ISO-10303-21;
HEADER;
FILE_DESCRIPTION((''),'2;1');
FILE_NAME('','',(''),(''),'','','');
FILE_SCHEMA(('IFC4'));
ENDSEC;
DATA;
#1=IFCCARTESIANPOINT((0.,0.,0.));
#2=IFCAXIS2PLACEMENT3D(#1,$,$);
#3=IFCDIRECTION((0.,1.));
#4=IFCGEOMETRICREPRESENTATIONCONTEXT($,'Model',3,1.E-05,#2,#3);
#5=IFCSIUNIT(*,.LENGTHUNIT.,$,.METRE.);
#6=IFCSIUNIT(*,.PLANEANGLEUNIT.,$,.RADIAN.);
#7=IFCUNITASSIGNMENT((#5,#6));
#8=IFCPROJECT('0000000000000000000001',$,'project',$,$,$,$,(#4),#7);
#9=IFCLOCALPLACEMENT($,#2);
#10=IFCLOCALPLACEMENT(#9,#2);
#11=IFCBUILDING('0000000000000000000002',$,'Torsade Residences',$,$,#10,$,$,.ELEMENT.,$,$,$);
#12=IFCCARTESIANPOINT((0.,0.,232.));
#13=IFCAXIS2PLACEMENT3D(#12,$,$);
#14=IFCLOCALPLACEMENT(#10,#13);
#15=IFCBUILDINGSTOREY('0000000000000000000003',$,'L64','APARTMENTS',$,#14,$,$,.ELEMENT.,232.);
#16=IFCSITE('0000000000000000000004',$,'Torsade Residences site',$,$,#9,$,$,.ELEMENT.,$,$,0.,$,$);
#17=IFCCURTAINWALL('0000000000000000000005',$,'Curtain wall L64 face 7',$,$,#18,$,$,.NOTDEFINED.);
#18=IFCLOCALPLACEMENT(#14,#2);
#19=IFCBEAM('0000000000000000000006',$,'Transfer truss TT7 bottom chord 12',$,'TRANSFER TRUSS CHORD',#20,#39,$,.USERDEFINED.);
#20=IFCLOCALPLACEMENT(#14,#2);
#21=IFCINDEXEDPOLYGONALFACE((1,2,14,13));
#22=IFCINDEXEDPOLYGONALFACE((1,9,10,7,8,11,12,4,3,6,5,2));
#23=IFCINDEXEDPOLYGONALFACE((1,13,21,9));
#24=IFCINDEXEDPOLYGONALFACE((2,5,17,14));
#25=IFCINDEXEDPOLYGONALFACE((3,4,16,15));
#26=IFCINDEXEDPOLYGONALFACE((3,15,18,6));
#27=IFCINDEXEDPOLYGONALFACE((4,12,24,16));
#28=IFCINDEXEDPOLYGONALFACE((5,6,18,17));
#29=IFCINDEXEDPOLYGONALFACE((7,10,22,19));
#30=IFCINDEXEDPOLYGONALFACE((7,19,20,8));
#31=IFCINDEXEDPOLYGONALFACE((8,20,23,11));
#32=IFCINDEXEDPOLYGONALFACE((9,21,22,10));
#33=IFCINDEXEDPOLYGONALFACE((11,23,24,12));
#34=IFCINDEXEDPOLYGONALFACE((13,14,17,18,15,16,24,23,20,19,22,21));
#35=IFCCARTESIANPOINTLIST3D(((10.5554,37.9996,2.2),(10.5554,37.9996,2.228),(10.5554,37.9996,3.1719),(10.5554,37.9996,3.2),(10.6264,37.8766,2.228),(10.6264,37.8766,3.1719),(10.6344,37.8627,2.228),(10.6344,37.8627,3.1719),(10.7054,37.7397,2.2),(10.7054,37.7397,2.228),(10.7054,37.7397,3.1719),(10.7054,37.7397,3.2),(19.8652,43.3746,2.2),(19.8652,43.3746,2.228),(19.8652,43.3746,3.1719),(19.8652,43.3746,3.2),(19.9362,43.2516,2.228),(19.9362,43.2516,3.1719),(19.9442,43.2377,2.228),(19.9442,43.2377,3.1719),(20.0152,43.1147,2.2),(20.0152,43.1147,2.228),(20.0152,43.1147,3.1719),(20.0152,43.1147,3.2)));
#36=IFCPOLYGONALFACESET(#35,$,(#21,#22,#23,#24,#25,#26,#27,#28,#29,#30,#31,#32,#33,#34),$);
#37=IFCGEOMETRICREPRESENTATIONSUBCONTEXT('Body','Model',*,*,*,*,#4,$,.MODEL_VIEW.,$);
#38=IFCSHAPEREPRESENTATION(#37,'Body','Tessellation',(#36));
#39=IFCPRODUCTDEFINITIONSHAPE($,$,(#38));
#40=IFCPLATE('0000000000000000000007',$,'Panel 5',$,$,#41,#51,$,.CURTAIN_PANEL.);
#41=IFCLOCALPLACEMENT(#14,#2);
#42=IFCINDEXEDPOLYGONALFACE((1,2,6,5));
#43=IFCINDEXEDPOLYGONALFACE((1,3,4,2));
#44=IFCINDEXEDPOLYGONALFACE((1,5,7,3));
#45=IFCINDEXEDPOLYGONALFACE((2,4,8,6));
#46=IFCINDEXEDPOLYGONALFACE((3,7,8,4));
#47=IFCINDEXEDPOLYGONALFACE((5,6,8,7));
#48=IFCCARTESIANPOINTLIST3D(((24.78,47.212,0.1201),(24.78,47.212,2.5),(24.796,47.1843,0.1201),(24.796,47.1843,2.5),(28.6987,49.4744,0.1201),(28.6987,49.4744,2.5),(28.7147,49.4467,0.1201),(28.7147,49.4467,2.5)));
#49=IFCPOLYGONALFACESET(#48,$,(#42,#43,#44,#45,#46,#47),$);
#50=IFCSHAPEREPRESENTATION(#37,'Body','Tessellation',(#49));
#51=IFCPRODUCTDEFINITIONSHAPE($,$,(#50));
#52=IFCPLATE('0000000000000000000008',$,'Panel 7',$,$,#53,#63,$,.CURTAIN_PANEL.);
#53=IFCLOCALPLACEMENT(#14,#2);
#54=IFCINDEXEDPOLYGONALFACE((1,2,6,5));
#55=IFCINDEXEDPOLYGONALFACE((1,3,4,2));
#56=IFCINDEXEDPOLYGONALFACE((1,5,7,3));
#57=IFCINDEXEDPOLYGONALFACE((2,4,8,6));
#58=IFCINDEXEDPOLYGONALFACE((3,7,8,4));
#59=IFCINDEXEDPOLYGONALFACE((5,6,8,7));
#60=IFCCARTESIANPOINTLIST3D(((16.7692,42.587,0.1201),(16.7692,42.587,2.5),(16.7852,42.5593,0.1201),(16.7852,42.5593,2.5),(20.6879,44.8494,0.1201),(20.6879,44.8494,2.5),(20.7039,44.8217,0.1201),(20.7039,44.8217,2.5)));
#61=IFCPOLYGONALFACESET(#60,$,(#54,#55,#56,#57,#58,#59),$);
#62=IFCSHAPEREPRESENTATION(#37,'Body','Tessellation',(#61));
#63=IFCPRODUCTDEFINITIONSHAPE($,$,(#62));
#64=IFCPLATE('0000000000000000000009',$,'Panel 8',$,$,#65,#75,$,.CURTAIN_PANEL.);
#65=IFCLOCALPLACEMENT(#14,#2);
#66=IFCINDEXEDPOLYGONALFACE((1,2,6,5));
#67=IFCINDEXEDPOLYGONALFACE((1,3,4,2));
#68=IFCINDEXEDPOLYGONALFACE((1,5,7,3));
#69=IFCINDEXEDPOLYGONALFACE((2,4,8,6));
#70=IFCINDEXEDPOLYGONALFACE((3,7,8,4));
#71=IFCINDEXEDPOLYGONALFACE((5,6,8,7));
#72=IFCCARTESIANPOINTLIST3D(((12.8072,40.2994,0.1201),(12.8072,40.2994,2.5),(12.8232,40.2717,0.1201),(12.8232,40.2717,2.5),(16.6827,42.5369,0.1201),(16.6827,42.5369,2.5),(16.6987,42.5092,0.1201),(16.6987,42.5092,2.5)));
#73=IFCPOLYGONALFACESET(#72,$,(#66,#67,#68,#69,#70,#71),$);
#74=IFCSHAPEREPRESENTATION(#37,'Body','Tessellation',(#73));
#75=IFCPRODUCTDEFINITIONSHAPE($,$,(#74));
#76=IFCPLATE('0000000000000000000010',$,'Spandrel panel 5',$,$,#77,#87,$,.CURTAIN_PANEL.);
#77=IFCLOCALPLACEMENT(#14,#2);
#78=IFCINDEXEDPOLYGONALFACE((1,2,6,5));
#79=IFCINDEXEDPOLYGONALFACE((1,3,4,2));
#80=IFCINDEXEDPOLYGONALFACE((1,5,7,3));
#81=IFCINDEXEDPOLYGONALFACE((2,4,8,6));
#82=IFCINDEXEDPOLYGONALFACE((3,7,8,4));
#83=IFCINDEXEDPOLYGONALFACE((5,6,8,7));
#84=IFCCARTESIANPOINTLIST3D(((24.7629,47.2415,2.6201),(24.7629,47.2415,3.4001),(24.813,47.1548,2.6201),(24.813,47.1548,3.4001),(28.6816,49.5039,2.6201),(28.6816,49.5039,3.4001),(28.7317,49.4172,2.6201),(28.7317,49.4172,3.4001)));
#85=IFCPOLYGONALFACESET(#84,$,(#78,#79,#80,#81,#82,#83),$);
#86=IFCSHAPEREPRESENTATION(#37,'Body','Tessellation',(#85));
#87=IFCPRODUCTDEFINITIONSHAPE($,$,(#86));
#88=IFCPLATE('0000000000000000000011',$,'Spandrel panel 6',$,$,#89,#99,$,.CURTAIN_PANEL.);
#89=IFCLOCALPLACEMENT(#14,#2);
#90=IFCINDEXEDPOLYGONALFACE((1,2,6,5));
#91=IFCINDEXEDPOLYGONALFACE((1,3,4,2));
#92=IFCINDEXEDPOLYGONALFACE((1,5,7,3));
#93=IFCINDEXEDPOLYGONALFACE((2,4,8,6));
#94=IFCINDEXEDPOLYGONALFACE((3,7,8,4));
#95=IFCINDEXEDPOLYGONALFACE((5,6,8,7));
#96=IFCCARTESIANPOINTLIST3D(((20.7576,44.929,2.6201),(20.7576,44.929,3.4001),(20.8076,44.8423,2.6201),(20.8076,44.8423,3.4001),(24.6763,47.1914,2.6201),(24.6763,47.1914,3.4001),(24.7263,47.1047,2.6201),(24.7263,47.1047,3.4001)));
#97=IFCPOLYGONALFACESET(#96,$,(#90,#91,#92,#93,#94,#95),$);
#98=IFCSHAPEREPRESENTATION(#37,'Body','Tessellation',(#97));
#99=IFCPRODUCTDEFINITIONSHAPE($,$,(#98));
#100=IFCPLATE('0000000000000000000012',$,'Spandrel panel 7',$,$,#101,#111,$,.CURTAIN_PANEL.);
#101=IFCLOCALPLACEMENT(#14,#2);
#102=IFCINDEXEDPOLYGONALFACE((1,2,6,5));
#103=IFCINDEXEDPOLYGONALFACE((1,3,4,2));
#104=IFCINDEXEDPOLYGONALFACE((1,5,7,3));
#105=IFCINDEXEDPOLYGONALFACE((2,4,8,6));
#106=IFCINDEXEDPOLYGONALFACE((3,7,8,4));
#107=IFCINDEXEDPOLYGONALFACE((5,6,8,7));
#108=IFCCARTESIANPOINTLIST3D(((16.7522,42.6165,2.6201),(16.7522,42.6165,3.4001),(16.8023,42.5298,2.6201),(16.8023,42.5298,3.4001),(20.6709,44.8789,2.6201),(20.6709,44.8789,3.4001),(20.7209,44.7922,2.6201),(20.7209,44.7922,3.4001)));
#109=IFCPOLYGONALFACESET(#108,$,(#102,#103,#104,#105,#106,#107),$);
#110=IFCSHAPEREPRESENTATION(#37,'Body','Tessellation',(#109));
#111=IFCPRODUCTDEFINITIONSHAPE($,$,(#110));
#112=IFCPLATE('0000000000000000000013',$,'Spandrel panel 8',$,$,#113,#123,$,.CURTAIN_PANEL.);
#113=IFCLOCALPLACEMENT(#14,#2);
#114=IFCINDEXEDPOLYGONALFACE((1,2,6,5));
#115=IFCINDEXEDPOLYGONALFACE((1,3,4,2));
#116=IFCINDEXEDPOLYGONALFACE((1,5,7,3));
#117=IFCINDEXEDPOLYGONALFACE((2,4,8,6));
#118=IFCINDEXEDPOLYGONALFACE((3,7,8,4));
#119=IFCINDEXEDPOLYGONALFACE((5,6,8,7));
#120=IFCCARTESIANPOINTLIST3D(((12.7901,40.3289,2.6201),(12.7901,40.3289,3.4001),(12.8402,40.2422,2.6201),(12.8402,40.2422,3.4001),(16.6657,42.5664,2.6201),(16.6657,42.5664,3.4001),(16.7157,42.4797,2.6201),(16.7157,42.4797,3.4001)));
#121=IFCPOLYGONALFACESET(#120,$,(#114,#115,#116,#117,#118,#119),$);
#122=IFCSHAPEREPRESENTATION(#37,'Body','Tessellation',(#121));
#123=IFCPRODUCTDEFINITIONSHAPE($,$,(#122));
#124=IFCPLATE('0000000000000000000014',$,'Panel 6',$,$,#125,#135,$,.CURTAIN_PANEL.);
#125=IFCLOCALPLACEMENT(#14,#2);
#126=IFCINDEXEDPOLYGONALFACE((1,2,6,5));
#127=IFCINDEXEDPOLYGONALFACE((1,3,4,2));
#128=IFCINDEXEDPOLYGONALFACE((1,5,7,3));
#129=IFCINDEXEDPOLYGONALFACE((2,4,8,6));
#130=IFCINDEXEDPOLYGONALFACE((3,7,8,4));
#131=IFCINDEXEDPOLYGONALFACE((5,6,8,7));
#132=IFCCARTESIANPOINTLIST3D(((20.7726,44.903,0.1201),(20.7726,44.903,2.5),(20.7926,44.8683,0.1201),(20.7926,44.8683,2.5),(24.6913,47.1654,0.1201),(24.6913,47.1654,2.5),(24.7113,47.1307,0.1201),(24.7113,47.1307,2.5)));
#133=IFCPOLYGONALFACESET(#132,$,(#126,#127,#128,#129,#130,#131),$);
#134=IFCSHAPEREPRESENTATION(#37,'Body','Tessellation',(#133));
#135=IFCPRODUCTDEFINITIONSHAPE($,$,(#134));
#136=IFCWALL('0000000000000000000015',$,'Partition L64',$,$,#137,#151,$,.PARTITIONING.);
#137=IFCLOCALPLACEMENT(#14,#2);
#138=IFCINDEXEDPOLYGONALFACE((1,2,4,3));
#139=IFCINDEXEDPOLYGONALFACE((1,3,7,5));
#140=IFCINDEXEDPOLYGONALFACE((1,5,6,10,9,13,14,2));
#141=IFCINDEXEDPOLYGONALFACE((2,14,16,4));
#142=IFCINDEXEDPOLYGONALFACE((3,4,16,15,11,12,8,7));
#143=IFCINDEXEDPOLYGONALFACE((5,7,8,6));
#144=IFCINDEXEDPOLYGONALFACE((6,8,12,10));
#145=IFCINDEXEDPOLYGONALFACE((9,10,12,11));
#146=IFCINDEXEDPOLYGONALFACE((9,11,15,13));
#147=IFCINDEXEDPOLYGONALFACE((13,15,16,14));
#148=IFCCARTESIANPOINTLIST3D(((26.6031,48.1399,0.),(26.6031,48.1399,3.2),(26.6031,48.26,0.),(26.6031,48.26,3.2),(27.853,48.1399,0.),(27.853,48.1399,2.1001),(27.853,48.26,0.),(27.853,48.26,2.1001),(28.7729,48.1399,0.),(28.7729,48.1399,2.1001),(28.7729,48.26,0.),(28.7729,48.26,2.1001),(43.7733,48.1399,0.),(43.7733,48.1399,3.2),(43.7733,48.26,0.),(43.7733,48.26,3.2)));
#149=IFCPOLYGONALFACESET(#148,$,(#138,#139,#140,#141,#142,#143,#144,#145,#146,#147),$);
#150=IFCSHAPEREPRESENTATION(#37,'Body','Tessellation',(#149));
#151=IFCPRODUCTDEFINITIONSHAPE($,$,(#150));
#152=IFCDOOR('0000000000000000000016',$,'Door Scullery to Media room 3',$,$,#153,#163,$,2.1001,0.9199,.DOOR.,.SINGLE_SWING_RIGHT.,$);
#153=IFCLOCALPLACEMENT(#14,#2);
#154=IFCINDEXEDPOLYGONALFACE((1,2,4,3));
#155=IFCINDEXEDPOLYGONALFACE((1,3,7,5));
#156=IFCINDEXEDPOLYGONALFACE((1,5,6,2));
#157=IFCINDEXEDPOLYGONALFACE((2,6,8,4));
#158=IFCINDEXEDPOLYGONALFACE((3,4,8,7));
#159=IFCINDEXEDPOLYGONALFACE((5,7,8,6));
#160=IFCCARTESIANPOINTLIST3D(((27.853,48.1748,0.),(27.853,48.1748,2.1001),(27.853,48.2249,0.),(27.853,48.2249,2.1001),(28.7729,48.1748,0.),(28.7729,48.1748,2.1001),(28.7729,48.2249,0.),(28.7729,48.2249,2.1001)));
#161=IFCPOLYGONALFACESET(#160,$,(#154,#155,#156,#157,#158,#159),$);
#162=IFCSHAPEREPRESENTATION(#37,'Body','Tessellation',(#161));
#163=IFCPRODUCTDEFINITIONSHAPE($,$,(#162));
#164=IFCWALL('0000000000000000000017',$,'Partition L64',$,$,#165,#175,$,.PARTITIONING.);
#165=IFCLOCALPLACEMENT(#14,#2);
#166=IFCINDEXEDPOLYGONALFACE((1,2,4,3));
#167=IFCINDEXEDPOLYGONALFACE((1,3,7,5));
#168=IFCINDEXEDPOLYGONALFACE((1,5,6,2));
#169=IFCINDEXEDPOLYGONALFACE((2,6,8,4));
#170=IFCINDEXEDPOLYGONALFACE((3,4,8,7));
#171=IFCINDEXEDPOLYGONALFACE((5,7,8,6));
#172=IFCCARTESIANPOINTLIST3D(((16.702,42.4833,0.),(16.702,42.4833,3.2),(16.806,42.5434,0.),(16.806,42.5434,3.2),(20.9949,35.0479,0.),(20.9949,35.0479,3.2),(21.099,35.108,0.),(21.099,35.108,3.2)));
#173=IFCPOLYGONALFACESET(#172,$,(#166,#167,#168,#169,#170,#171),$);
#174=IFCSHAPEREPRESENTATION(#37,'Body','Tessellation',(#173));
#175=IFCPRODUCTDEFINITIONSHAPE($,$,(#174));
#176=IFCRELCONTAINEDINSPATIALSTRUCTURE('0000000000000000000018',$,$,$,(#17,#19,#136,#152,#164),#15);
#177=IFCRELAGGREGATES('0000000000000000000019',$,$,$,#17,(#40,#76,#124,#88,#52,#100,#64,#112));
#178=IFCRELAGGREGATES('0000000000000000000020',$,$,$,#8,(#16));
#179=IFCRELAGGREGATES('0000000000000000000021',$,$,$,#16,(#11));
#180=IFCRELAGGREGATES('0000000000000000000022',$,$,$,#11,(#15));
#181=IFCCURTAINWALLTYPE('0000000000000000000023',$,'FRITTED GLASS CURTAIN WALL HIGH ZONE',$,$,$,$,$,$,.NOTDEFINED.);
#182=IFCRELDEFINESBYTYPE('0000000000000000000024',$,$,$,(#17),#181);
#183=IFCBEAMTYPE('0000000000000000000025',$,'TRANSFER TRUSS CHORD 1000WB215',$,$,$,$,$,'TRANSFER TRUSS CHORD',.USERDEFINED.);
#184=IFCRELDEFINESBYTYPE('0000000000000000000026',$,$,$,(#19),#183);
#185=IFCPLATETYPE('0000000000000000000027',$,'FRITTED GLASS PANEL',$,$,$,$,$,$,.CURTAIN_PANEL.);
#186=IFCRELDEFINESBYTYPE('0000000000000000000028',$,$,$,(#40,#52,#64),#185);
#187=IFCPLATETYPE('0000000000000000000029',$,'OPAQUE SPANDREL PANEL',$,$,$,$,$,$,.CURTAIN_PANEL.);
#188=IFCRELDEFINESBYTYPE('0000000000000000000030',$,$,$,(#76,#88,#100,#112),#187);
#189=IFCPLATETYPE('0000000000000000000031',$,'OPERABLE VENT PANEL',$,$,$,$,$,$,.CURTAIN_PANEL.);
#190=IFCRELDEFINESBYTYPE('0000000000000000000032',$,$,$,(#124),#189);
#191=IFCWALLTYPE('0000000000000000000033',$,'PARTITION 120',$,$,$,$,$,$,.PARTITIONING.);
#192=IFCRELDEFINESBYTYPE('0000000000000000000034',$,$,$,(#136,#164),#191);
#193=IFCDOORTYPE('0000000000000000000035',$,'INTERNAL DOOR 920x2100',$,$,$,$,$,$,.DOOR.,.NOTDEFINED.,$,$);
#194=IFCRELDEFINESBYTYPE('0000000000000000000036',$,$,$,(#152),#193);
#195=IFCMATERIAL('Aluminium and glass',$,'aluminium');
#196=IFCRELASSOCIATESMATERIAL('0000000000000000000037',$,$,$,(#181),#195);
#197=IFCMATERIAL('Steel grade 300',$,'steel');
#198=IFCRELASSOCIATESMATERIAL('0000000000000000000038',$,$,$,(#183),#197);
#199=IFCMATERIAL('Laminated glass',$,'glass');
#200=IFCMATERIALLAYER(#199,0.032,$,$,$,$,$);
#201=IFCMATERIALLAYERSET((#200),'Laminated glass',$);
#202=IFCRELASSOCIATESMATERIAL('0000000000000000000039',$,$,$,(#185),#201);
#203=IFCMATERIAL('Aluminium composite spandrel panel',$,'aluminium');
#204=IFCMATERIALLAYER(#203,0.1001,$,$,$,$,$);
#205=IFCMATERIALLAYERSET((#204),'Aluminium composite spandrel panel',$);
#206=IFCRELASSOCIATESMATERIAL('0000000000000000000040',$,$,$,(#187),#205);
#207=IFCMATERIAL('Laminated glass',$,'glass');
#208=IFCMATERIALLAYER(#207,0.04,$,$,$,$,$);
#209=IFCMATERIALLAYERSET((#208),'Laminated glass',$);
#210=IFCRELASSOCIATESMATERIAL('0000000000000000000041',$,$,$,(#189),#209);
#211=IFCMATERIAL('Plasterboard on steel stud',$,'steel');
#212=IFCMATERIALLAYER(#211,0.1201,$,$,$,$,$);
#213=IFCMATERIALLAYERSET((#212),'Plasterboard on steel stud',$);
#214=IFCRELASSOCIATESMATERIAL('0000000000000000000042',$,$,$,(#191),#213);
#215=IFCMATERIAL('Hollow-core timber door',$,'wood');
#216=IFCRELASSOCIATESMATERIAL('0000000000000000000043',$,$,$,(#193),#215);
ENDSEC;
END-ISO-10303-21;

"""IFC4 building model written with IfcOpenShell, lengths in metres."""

from ifc_helpers import new_model, si_unit, direction, frame, frame_2d, origin, origin_2d, place, context, subcontext, project, spatial, rectangle, i_section, extrude, material, layer, layer_set, material_profile, profile_set, type_object, element, fill, aggregate, save


model = new_model("IFC4")

# Units and contexts
model_context = context("Model", 3, precision=1e-05, world=origin(), true_north=direction((0.0, 1.0)))
body_context = subcontext(model_context, "Body", "Model", "MODEL_VIEW")
ifc_project = project(units=[si_unit("LENGTHUNIT", "METRE"), si_unit("PLANEANGLEUNIT", "RADIAN")], contexts=[model_context])

# Site, building, storey
site_placement = place(None, origin())
site = spatial("IfcSite", under=ifc_project, at=site_placement, Name="Torsade Residences site", CompositionType="ELEMENT", RefElevation=0.0)
building_placement = place(site_placement, origin())
building = spatial("IfcBuilding", under=site, at=building_placement, Name="Torsade Residences", CompositionType="ELEMENT")
storey_placement = place(building_placement, frame((0.0, 0.0, 232.0)))
storey = spatial("IfcBuildingStorey", under=building, at=storey_placement, Name="L64", Description="APARTMENTS", CompositionType="ELEMENT", Elevation=232.0)

# Curtain wall
ifc_material_1 = material(Name="Aluminium and glass", Category="aluminium")
curtain_wall_type = type_object("IfcCurtainWallType", Name="FRITTED GLASS CURTAIN WALL HIGH ZONE", PredefinedType="NOTDEFINED", material=ifc_material_1)
curtain_wall_placement = place(storey_placement, origin())
curtain_wall = element("IfcCurtainWall", 1, at=curtain_wall_placement, inside=storey, type_object=curtain_wall_type, Name="Curtain wall L64 face 7", PredefinedType="NOTDEFINED")

# Beam
ifc_material_2 = material(Name="Steel grade 300", Category="steel")
ifc_material_profile_1 = material_profile(ifc_material_2, i_section(OverallWidth=0.3, OverallDepth=1.0, WebThickness=0.0161, FlangeThickness=0.0281, at=origin_2d()), Name="1000WB215")
ifc_profile_set_1 = profile_set([ifc_material_profile_1], Name="Steel grade 300")
beam_type_1 = type_object("IfcBeamType", Name="TRANSFER TRUSS CHORD 1000WB215", ElementType="TRANSFER TRUSS CHORD", PredefinedType="USERDEFINED", material=ifc_profile_set_1)
beam_1_placement = place(storey_placement, frame((19.9402, 43.2446, 2.7), z_axis=(-0.866026, -0.499998, 0.0), x_axis=(0.499998, -0.866026, 0.0)))
element("IfcBeam", 2, at=beam_1_placement, inside=storey, type_object=beam_type_1, Name="Transfer truss TT7 bottom chord 12", ObjectType="TRANSFER TRUSS CHORD", PredefinedType="USERDEFINED", context=body_context, shape_type="SweptSolid", body=[
    extrude(i_section(OverallWidth=0.3, OverallDepth=1.0, WebThickness=0.0161, FlangeThickness=0.0281, at=origin_2d()), origin(), (0.0, 0.0, 1.0), 10.75),
])

# Plates
ifc_material_3 = material(Name="Laminated glass", Category="glass")
ifc_layer_1 = layer(ifc_material_3, 0.032)
ifc_layer_set_1 = layer_set([ifc_layer_1], Name="Laminated glass")
plate_type_1 = type_object("IfcPlateType", Name="FRITTED GLASS PANEL", PredefinedType="CURTAIN_PANEL", material=ifc_layer_set_1)
plate_1_placement = place(storey_placement, frame((26.7473, 48.3293, 0.1201), z_axis=(0.0, 0.0, 1.0), x_axis=(-0.866025, -0.5, 0.0)))
plate_1 = element("IfcPlate", 3, at=plate_1_placement, type_object=plate_type_1, Name="Panel 5", PredefinedType="CURTAIN_PANEL", context=body_context, shape_type="SweptSolid", body=[
    extrude(rectangle(XDim=4.5249, YDim=0.032, at=origin_2d()), origin(), (0.0, 0.0, 1.0), 2.3799),
])
plate_2_placement = place(storey_placement, frame((18.7366, 43.7043, 0.1201), z_axis=(0.0, 0.0, 1.0), x_axis=(-0.866025, -0.5, 0.0)))
plate_2 = element("IfcPlate", 4, at=plate_2_placement, type_object=plate_type_1, Name="Panel 7", PredefinedType="CURTAIN_PANEL", context=body_context, shape_type="SweptSolid", body=[
    extrude(rectangle(XDim=4.5249, YDim=0.032, at=origin_2d()), origin(), (0.0, 0.0, 1.0), 2.3799),
])
plate_3_placement = place(storey_placement, frame((14.7529, 41.4043, 0.1201), z_axis=(0.0, 0.0, 1.0), x_axis=(-0.866025, -0.5, 0.0)))
plate_3 = element("IfcPlate", 5, at=plate_3_placement, type_object=plate_type_1, Name="Panel 8", PredefinedType="CURTAIN_PANEL", context=body_context, shape_type="SweptSolid", body=[
    extrude(rectangle(XDim=4.4751, YDim=0.032, at=origin_2d()), origin(), (0.0, 0.0, 1.0), 2.3799),
])
ifc_material_4 = material(Name="Aluminium composite spandrel panel", Category="aluminium")
ifc_layer_2 = layer(ifc_material_4, 0.1001)
ifc_layer_set_2 = layer_set([ifc_layer_2], Name="Aluminium composite spandrel panel")
plate_type_2 = type_object("IfcPlateType", Name="OPAQUE SPANDREL PANEL", PredefinedType="CURTAIN_PANEL", material=ifc_layer_set_2)
plate_4_placement = place(storey_placement, frame((26.7473, 48.3293, 2.6201), z_axis=(0.0, 0.0, 1.0), x_axis=(-0.866025, -0.5, 0.0)))
plate_4 = element("IfcPlate", 6, at=plate_4_placement, type_object=plate_type_2, Name="Spandrel panel 5", PredefinedType="CURTAIN_PANEL", context=body_context, shape_type="SweptSolid", body=[
    extrude(rectangle(XDim=4.5249, YDim=0.1001, at=origin_2d()), origin(), (0.0, 0.0, 1.0), 0.78),
])
plate_5_placement = place(storey_placement, frame((22.7419, 46.0168, 2.6201), z_axis=(0.0, 0.0, 1.0), x_axis=(-0.866025, -0.5, 0.0)))
plate_5 = element("IfcPlate", 7, at=plate_5_placement, type_object=plate_type_2, Name="Spandrel panel 6", PredefinedType="CURTAIN_PANEL", context=body_context, shape_type="SweptSolid", body=[
    extrude(rectangle(XDim=4.5249, YDim=0.1001, at=origin_2d()), origin(), (0.0, 0.0, 1.0), 0.78),
])
plate_6_placement = place(storey_placement, frame((18.7366, 43.7043, 2.6201), z_axis=(0.0, 0.0, 1.0), x_axis=(-0.866025, -0.5, 0.0)))
plate_6 = element("IfcPlate", 8, at=plate_6_placement, type_object=plate_type_2, Name="Spandrel panel 7", PredefinedType="CURTAIN_PANEL", context=body_context, shape_type="SweptSolid", body=[
    extrude(rectangle(XDim=4.5249, YDim=0.1001, at=origin_2d()), origin(), (0.0, 0.0, 1.0), 0.78),
])
plate_7_placement = place(storey_placement, frame((14.7529, 41.4043, 2.6201), z_axis=(0.0, 0.0, 1.0), x_axis=(-0.866025, -0.5, 0.0)))
plate_7 = element("IfcPlate", 9, at=plate_7_placement, type_object=plate_type_2, Name="Spandrel panel 8", PredefinedType="CURTAIN_PANEL", context=body_context, shape_type="SweptSolid", body=[
    extrude(rectangle(XDim=4.4751, YDim=0.1001, at=origin_2d()), origin(), (0.0, 0.0, 1.0), 0.78),
])
ifc_material_5 = material(Name="Laminated glass", Category="glass")
ifc_layer_3 = layer(ifc_material_5, 0.04)
ifc_layer_set_3 = layer_set([ifc_layer_3], Name="Laminated glass")
plate_type_3 = type_object("IfcPlateType", Name="OPERABLE VENT PANEL", PredefinedType="CURTAIN_PANEL", material=ifc_layer_set_3)
plate_8_placement = place(storey_placement, frame((22.7419, 46.0168, 0.1201), z_axis=(0.0, 0.0, 1.0), x_axis=(-0.866025, -0.5, 0.0)))
plate_8 = element("IfcPlate", 10, at=plate_8_placement, type_object=plate_type_3, Name="Panel 6", PredefinedType="CURTAIN_PANEL", context=body_context, shape_type="SweptSolid", body=[
    extrude(rectangle(XDim=4.5249, YDim=0.04, at=origin_2d()), origin(), (0.0, 0.0, 1.0), 2.3799),
])
aggregate(curtain_wall, [plate_1, plate_4, plate_8, plate_5, plate_2, plate_6, plate_3, plate_7])

# Wall, opening, door
ifc_material_6 = material(Name="Plasterboard on steel stud", Category="steel")
ifc_layer_4 = layer(ifc_material_6, 0.1201)
ifc_layer_set_4 = layer_set([ifc_layer_4], Name="Plasterboard on steel stud")
wall_type_1 = type_object("IfcWallType", Name="PARTITION 120", PredefinedType="PARTITIONING", material=ifc_layer_set_4)
wall_1_placement = place(storey_placement, frame((26.6033, 48.2, 0.0), z_axis=(0.0, 0.0, 1.0), x_axis=(1.0, 0.0, 0.0)))
wall_1 = element("IfcWall", 11, at=wall_1_placement, inside=storey, type_object=wall_type_1, Name="Partition L64", PredefinedType="PARTITIONING", context=body_context, shape_type="SweptSolid", body=[
    extrude(rectangle(XDim=17.1702, YDim=0.1201, at=frame_2d((8.585, 0.0))), origin(), (0.0, 0.0, 1.0), 3.2),
])
opening_1_placement = place(wall_1_placement, frame((1.2498, 0.0, 0.0)))
opening_1 = element("IfcOpeningElement", 12, at=opening_1_placement, cuts=wall_1, PredefinedType="OPENING", context=body_context, shape_type="SweptSolid", body=[
    extrude(rectangle(XDim=0.9199, YDim=2.1001, at=frame_2d((0.46, 1.05))), frame((0.0, 0.0701, 0.0), z_axis=(0.0, -1.0, 0.0), x_axis=(1.0, 0.0, 0.0)), (0.0, 0.0, 1.0), 0.1401),
])
ifc_material_7 = material(Name="Hollow-core timber door", Category="wood")
door_type_1 = type_object("IfcDoorType", Name="INTERNAL DOOR 920x2100", OperationType="NOTDEFINED", PredefinedType="DOOR", material=ifc_material_7)
door_1_placement = place(opening_1_placement, origin())
door_1 = element("IfcDoor", 13, at=door_1_placement, inside=storey, type_object=door_type_1, Name="Door Scullery to Media room 3", OperationType="SINGLE_SWING_RIGHT", OverallHeight=2.1001, OverallWidth=0.9199, PredefinedType="DOOR", context=body_context, shape_type="SweptSolid", body=[
    extrude(rectangle(XDim=0.9199, YDim=2.1001, at=frame_2d((0.46, 1.05))), frame((0.0, 0.0249, 0.0), z_axis=(0.0, -1.0, 0.0), x_axis=(1.0, 0.0, 0.0)), (0.0, 0.0, 1.0), 0.05),
])
fill(opening_1, door_1)

# Wall
wall_2_placement = place(storey_placement, frame((16.7539, 42.5134, 0.0), z_axis=(0.0, 0.0, 1.0), x_axis=(0.500017, -0.866016, 0.0)))
element("IfcWall", 14, at=wall_2_placement, inside=storey, type_object=wall_type_1, Name="Partition L64", PredefinedType="PARTITIONING", context=body_context, shape_type="SweptSolid", body=[
    extrude(rectangle(XDim=8.5857, YDim=0.1201, at=frame_2d((4.293, 0.0))), origin(), (0.0, 0.0, 1.0), 3.2),
])

save(model, "model.ifc")
